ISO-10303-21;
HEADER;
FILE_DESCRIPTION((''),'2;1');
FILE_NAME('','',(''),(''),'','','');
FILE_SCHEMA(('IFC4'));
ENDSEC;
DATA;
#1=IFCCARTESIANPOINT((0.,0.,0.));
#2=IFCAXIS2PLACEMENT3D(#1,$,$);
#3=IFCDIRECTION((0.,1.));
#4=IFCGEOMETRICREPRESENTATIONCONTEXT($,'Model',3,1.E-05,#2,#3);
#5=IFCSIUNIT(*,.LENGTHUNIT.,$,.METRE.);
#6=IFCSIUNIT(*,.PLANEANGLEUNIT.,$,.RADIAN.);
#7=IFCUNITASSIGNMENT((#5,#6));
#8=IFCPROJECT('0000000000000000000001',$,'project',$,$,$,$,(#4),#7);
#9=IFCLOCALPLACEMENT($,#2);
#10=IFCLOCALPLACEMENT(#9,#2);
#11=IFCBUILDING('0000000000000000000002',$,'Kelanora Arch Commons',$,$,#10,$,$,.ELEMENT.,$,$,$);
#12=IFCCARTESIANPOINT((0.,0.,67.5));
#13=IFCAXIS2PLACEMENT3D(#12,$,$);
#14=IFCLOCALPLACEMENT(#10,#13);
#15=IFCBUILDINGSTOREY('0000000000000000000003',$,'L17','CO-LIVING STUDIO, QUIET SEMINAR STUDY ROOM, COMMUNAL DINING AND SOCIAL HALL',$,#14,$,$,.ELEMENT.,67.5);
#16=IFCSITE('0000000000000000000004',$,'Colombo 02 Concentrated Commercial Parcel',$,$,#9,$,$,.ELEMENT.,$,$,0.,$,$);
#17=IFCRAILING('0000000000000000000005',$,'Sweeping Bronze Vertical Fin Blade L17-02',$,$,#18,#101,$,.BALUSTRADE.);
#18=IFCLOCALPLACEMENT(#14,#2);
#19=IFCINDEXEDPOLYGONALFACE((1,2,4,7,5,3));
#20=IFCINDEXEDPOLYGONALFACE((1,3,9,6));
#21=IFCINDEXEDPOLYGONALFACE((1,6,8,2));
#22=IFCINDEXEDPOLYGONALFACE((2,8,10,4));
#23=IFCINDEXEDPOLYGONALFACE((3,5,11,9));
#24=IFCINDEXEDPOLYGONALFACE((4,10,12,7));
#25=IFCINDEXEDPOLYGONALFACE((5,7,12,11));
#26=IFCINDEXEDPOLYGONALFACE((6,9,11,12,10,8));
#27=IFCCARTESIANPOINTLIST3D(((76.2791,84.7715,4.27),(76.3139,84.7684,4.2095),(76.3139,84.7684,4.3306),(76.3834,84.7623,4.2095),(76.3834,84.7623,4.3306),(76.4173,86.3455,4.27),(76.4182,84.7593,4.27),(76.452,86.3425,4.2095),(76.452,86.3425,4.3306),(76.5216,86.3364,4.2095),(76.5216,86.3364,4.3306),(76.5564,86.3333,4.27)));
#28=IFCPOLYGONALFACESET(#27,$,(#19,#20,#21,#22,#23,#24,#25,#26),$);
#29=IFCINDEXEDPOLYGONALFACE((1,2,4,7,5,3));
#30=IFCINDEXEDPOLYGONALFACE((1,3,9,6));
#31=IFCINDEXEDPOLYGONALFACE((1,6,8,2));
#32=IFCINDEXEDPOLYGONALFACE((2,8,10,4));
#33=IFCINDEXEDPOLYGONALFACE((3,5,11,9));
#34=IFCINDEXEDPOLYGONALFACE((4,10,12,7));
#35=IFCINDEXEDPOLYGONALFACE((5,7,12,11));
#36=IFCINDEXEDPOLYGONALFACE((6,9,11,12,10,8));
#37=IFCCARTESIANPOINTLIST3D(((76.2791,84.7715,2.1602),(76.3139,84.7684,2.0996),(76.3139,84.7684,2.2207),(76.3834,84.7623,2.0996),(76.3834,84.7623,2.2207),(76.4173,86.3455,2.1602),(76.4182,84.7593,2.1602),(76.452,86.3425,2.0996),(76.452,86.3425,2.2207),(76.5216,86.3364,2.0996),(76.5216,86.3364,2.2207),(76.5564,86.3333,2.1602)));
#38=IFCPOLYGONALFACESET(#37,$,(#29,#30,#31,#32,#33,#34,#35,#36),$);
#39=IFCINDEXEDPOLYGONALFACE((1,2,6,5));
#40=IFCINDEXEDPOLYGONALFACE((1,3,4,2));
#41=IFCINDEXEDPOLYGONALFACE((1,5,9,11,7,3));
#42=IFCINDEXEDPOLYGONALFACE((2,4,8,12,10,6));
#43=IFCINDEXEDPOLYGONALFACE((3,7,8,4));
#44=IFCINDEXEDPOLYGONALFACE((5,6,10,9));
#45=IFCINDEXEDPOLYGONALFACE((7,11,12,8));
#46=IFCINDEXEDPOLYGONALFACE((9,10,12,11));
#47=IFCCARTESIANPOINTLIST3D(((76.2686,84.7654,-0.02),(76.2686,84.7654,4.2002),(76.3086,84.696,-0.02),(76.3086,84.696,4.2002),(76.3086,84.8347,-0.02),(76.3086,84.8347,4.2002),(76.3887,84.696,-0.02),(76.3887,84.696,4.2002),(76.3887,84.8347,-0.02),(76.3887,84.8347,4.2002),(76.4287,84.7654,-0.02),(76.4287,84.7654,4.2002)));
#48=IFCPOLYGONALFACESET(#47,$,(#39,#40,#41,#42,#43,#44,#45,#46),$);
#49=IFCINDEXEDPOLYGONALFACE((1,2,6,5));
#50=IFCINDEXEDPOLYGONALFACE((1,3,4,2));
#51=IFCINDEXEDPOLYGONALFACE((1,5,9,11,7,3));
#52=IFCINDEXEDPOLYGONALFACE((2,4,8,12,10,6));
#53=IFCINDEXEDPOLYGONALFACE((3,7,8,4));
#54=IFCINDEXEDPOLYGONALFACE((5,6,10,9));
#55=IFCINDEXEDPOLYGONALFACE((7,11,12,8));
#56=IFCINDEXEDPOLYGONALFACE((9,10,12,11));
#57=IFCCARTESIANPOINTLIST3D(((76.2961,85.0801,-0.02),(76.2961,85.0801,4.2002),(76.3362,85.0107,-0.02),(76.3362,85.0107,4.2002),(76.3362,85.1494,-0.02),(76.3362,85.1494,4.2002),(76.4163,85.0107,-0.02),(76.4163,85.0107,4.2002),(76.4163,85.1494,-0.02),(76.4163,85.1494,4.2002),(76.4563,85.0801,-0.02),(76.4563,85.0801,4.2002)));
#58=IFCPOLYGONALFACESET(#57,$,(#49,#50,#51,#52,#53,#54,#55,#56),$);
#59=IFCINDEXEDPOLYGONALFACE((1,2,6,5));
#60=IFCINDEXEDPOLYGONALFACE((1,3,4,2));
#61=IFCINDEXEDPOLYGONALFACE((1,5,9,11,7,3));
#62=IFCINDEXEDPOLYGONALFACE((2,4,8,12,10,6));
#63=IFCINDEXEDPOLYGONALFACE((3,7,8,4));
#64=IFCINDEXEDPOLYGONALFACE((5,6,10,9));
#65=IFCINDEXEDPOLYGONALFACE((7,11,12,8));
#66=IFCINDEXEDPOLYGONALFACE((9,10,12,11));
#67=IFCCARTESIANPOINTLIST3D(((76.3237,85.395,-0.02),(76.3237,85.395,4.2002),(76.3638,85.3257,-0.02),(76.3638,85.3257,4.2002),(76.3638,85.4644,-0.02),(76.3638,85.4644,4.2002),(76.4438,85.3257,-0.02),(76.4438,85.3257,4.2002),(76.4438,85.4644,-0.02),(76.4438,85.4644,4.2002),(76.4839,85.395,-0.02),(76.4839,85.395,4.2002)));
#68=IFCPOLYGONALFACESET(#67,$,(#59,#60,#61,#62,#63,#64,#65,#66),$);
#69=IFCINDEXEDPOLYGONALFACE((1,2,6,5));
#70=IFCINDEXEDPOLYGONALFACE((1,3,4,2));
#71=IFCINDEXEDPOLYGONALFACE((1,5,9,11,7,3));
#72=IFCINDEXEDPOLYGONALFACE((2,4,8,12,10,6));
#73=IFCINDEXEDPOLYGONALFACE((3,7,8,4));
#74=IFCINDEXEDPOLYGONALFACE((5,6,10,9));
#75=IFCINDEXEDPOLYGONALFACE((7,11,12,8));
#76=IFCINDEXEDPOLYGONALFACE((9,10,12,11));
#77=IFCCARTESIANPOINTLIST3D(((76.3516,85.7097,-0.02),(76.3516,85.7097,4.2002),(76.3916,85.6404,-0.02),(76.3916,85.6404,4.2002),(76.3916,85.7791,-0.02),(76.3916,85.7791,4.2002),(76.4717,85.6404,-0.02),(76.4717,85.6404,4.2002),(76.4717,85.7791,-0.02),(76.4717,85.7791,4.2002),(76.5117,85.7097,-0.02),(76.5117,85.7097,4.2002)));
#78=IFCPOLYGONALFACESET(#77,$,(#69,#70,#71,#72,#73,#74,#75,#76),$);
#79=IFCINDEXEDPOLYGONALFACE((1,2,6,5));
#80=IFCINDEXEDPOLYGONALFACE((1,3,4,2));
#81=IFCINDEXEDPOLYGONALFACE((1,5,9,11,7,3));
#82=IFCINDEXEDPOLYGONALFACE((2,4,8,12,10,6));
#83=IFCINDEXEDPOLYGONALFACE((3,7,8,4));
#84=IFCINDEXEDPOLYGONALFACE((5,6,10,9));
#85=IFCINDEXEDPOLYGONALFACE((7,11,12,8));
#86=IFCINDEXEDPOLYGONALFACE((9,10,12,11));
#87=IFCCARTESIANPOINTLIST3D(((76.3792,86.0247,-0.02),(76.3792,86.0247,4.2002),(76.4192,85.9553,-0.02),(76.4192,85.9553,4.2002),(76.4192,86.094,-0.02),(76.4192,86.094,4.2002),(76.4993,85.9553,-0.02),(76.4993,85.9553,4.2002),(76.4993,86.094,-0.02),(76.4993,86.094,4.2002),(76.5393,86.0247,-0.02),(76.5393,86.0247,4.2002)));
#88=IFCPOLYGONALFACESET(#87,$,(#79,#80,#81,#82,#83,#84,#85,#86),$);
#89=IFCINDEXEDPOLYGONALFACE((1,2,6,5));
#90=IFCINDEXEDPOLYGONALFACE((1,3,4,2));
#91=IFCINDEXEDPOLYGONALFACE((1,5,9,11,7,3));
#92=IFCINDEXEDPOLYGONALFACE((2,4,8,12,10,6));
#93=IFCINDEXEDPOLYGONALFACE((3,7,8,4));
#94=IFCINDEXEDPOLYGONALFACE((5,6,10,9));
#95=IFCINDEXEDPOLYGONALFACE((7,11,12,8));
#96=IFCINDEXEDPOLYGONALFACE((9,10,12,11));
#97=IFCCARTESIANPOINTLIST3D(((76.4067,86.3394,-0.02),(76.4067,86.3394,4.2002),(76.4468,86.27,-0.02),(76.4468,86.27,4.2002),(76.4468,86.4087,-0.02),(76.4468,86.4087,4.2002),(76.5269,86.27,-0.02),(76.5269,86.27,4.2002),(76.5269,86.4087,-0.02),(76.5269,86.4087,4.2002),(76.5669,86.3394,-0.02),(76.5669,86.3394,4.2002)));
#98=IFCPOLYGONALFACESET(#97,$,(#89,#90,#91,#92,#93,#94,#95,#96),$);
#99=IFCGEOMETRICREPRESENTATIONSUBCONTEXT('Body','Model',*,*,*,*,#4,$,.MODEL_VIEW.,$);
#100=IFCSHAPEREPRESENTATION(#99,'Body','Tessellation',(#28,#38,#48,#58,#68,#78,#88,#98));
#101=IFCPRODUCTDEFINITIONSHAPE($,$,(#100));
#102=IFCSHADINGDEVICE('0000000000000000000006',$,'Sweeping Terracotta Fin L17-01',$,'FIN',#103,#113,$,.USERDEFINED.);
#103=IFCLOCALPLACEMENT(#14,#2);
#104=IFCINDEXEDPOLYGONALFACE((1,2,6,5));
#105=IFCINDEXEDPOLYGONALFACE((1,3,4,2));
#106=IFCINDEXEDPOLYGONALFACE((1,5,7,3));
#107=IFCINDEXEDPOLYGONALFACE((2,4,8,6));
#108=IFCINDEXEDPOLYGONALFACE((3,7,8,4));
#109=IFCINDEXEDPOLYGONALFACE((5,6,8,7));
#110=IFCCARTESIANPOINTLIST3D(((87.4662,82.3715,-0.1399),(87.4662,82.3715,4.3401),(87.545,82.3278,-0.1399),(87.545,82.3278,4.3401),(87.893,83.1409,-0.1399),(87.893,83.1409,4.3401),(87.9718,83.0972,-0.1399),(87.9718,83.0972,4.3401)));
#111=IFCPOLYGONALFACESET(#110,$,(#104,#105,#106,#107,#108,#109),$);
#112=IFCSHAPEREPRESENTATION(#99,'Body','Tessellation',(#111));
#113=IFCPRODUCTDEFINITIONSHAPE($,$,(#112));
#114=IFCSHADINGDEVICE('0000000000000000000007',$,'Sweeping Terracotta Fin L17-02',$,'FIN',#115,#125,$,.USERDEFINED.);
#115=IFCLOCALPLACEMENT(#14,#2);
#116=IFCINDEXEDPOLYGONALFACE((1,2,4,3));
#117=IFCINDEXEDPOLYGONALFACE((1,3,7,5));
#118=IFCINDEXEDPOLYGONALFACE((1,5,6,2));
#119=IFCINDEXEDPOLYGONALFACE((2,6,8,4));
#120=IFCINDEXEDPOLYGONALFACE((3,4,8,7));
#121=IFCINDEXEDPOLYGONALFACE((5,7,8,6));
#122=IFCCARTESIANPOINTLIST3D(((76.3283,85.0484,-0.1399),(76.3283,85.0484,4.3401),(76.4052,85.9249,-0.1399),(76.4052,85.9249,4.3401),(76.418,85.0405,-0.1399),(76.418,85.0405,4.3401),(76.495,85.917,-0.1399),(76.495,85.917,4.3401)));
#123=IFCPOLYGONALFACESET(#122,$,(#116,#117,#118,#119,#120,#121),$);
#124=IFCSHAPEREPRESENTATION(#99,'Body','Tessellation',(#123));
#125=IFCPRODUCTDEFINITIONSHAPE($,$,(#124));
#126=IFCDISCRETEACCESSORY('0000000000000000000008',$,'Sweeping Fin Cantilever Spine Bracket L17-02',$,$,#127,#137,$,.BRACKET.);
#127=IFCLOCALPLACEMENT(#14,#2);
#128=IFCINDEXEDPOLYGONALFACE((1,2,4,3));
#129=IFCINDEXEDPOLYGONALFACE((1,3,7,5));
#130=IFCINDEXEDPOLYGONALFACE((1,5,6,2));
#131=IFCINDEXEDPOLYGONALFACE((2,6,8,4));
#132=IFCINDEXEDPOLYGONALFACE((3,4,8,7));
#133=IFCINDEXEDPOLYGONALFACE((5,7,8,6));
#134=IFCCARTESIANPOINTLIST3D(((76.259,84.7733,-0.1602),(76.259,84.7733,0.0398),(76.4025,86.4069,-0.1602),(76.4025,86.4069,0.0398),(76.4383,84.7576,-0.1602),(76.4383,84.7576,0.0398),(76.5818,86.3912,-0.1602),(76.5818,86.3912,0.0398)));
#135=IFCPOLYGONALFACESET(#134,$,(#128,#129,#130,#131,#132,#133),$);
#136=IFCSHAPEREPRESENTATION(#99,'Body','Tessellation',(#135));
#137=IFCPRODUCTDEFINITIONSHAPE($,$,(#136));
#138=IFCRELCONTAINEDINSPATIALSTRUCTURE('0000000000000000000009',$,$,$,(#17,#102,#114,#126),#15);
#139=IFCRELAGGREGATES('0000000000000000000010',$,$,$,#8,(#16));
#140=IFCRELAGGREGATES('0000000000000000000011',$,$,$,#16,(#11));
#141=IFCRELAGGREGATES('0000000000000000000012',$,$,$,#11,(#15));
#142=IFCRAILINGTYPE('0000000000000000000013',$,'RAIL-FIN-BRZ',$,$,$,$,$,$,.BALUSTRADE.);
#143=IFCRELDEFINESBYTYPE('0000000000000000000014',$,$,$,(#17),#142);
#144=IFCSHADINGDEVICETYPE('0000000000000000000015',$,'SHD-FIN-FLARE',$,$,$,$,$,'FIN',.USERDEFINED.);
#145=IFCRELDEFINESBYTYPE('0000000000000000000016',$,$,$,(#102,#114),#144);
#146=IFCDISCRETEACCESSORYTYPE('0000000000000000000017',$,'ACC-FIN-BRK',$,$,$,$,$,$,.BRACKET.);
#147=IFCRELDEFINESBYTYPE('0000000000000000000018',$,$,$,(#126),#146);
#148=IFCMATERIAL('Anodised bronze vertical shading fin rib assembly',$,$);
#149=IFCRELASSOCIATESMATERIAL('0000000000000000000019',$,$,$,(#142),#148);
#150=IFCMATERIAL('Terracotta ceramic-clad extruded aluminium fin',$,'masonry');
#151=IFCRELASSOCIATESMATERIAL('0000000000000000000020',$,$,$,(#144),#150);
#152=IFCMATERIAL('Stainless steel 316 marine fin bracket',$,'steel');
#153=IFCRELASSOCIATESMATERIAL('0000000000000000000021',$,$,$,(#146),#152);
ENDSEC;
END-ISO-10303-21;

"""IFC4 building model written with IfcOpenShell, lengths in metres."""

from ifc_helpers import new_model, si_unit, direction, frame, origin, origin_2d, place, context, subcontext, project, spatial, polyline, rectangle, outline, extrude, source, transform, mapped, material, type_object, element, save


model = new_model("IFC4")

# Units and contexts
model_context = context("Model", 3, precision=1e-05, world=origin(), true_north=direction((0.0, 1.0)))
body_context = subcontext(model_context, "Body", "Model", "MODEL_VIEW")
ifc_project = project(units=[si_unit("LENGTHUNIT", "METRE"), si_unit("PLANEANGLEUNIT", "RADIAN")], contexts=[model_context])

# Site, building, storey
site_placement = place(None, origin())
site = spatial("IfcSite", under=ifc_project, at=site_placement, Name="Colombo 02 Concentrated Commercial Parcel", CompositionType="ELEMENT", RefElevation=0.0)
building_placement = place(site_placement, origin())
building = spatial("IfcBuilding", under=site, at=building_placement, Name="Kelanora Arch Commons", CompositionType="ELEMENT")
storey_placement = place(building_placement, frame((0.0, 0.0, 67.5)))
storey = spatial("IfcBuildingStorey", under=building, at=storey_placement, Name="L17", Description="CO-LIVING STUDIO, QUIET SEMINAR STUDY ROOM, COMMUNAL DINING AND SOCIAL HALL", CompositionType="ELEMENT", Elevation=67.5)

# Railing
ifc_material_1 = material(Name="Anodised bronze vertical shading fin rib assembly")
railing_type = type_object("IfcRailingType", Name="RAIL-FIN-BRZ", PredefinedType="BALUSTRADE", material=ifc_material_1)
railing_1_placement = place(storey_placement, frame((76.3486, 84.7654, -0.02)))
element("IfcRailing", 1, at=railing_1_placement, inside=storey, type_object=railing_type, Name="Sweeping Bronze Vertical Fin Blade L17-02", PredefinedType="BALUSTRADE", context=body_context, shape_type="SweptSolid", body=[
    extrude(outline(polyline([(0.0698, 0.0), (0.0349, 0.0605), (-0.0349, 0.0605), (-0.0698, 0.0), (-0.0349, -0.0605), (0.0349, -0.0605), (0.0698, 0.0)])), frame((0.0, 0.0, 4.29), z_axis=(0.087456, 0.996168, 0.0), x_axis=(-0.996168, 0.087456, 0.0)), (0.0, 0.0, 1.0), 1.5801),
    extrude(outline(polyline([(0.0698, 0.0), (0.0349, 0.0605), (-0.0349, 0.0605), (-0.0698, 0.0), (-0.0349, -0.0605), (0.0349, -0.0605), (0.0698, 0.0)])), frame((0.0, 0.0, 2.1802), z_axis=(0.087456, 0.996168, 0.0), x_axis=(-0.996168, 0.087456, 0.0)), (0.0, 0.0, 1.0), 1.5801),
    extrude(outline(polyline([(0.0801, 0.0), (0.04, 0.0693), (-0.04, 0.0693), (-0.0801, 0.0), (-0.04, -0.0693), (0.04, -0.0693), (0.0801, 0.0)])), origin(), (0.0, 0.0, 1.0), 4.2202),
    extrude(outline(polyline([(0.0801, 0.0), (0.04, 0.0693), (-0.04, 0.0693), (-0.0801, 0.0), (-0.04, -0.0693), (0.04, -0.0693), (0.0801, 0.0)])), frame((0.0276, 0.3147, 0.0)), (0.0, 0.0, 1.0), 4.2202),
    extrude(outline(polyline([(0.0801, 0.0), (0.04, 0.0693), (-0.04, 0.0693), (-0.0801, 0.0), (-0.04, -0.0693), (0.04, -0.0693), (0.0801, 0.0)])), frame((0.0552, 0.6296, 0.0)), (0.0, 0.0, 1.0), 4.2202),
    extrude(outline(polyline([(0.0801, 0.0), (0.04, 0.0693), (-0.04, 0.0693), (-0.0801, 0.0), (-0.04, -0.0693), (0.04, -0.0693), (0.0801, 0.0)])), frame((0.083, 0.9443, 0.0)), (0.0, 0.0, 1.0), 4.2202),
    extrude(outline(polyline([(0.0801, 0.0), (0.04, 0.0693), (-0.04, 0.0693), (-0.0801, 0.0), (-0.04, -0.0693), (0.04, -0.0693), (0.0801, 0.0)])), frame((0.1106, 1.2593, 0.0)), (0.0, 0.0, 1.0), 4.2202),
    extrude(outline(polyline([(0.0801, 0.0), (0.04, 0.0693), (-0.04, 0.0693), (-0.0801, 0.0), (-0.04, -0.0693), (0.04, -0.0693), (0.0801, 0.0)])), frame((0.1382, 1.574, 0.0)), (0.0, 0.0, 1.0), 4.2202),
])

# Shading devices
ifc_material_2 = material(Name="Terracotta ceramic-clad extruded aluminium fin", Category="masonry")
shading_device_type = type_object("IfcShadingDeviceType", Name="SHD-FIN-FLARE", ElementType="FIN", PredefinedType="USERDEFINED", material=ifc_material_2)
shared_shape_1 = source(origin(), body_context, "Body", "SweptSolid", [
    extrude(rectangle(XDim=0.8799, YDim=0.0901, at=origin_2d()), origin(), (0.0, 0.0, 1.0), 4.48),
])
for number, where, z_axis, x_axis, name in (
    (2, (87.719, 82.7344, -0.1399), (0.0, 0.0, 1.0), (0.485115, 0.87445, 0.0), "Sweeping Terracotta Fin L17-01"),
    (3, (76.4116, 85.4827, -0.1399), (0.0, 0.0, 1.0), (0.087503, 0.996164, 0.0), "Sweeping Terracotta Fin L17-02"),
):
    element("IfcShadingDevice", number, at=place(storey_placement, frame(where, z_axis=z_axis, x_axis=x_axis)), inside=storey, type_object=shading_device_type, Name=name, ObjectType="FIN", PredefinedType="USERDEFINED", context=body_context, shape_type="MappedRepresentation", body=[
        mapped(shared_shape_1, transform((0.0, 0.0, 0.0), scale=1.0)),
    ])

# Discrete accessory
ifc_material_3 = material(Name="Stainless steel 316 marine fin bracket", Category="steel")
discrete_accessory_type = type_object("IfcDiscreteAccessoryType", Name="ACC-FIN-BRK", PredefinedType="BRACKET", material=ifc_material_3)
shared_shape_2 = source(origin(), body_context, "Body", "SweptSolid", [
    extrude(rectangle(XDim=1.6399, YDim=0.1799, at=origin_2d()), origin(), (0.0, 0.0, 1.0), 0.2),
])
discrete_accessory_placement = place(storey_placement, frame((76.4204, 85.5823, -0.1602), z_axis=(0.0, 0.0, 1.0), x_axis=(0.087503, 0.996164, 0.0)))
element("IfcDiscreteAccessory", 4, at=discrete_accessory_placement, inside=storey, type_object=discrete_accessory_type, Name="Sweeping Fin Cantilever Spine Bracket L17-02", PredefinedType="BRACKET", context=body_context, shape_type="MappedRepresentation", body=[
    mapped(shared_shape_2, transform((0.0, 0.0, 0.0), scale=1.0)),
])

save(model, "model.ifc")
